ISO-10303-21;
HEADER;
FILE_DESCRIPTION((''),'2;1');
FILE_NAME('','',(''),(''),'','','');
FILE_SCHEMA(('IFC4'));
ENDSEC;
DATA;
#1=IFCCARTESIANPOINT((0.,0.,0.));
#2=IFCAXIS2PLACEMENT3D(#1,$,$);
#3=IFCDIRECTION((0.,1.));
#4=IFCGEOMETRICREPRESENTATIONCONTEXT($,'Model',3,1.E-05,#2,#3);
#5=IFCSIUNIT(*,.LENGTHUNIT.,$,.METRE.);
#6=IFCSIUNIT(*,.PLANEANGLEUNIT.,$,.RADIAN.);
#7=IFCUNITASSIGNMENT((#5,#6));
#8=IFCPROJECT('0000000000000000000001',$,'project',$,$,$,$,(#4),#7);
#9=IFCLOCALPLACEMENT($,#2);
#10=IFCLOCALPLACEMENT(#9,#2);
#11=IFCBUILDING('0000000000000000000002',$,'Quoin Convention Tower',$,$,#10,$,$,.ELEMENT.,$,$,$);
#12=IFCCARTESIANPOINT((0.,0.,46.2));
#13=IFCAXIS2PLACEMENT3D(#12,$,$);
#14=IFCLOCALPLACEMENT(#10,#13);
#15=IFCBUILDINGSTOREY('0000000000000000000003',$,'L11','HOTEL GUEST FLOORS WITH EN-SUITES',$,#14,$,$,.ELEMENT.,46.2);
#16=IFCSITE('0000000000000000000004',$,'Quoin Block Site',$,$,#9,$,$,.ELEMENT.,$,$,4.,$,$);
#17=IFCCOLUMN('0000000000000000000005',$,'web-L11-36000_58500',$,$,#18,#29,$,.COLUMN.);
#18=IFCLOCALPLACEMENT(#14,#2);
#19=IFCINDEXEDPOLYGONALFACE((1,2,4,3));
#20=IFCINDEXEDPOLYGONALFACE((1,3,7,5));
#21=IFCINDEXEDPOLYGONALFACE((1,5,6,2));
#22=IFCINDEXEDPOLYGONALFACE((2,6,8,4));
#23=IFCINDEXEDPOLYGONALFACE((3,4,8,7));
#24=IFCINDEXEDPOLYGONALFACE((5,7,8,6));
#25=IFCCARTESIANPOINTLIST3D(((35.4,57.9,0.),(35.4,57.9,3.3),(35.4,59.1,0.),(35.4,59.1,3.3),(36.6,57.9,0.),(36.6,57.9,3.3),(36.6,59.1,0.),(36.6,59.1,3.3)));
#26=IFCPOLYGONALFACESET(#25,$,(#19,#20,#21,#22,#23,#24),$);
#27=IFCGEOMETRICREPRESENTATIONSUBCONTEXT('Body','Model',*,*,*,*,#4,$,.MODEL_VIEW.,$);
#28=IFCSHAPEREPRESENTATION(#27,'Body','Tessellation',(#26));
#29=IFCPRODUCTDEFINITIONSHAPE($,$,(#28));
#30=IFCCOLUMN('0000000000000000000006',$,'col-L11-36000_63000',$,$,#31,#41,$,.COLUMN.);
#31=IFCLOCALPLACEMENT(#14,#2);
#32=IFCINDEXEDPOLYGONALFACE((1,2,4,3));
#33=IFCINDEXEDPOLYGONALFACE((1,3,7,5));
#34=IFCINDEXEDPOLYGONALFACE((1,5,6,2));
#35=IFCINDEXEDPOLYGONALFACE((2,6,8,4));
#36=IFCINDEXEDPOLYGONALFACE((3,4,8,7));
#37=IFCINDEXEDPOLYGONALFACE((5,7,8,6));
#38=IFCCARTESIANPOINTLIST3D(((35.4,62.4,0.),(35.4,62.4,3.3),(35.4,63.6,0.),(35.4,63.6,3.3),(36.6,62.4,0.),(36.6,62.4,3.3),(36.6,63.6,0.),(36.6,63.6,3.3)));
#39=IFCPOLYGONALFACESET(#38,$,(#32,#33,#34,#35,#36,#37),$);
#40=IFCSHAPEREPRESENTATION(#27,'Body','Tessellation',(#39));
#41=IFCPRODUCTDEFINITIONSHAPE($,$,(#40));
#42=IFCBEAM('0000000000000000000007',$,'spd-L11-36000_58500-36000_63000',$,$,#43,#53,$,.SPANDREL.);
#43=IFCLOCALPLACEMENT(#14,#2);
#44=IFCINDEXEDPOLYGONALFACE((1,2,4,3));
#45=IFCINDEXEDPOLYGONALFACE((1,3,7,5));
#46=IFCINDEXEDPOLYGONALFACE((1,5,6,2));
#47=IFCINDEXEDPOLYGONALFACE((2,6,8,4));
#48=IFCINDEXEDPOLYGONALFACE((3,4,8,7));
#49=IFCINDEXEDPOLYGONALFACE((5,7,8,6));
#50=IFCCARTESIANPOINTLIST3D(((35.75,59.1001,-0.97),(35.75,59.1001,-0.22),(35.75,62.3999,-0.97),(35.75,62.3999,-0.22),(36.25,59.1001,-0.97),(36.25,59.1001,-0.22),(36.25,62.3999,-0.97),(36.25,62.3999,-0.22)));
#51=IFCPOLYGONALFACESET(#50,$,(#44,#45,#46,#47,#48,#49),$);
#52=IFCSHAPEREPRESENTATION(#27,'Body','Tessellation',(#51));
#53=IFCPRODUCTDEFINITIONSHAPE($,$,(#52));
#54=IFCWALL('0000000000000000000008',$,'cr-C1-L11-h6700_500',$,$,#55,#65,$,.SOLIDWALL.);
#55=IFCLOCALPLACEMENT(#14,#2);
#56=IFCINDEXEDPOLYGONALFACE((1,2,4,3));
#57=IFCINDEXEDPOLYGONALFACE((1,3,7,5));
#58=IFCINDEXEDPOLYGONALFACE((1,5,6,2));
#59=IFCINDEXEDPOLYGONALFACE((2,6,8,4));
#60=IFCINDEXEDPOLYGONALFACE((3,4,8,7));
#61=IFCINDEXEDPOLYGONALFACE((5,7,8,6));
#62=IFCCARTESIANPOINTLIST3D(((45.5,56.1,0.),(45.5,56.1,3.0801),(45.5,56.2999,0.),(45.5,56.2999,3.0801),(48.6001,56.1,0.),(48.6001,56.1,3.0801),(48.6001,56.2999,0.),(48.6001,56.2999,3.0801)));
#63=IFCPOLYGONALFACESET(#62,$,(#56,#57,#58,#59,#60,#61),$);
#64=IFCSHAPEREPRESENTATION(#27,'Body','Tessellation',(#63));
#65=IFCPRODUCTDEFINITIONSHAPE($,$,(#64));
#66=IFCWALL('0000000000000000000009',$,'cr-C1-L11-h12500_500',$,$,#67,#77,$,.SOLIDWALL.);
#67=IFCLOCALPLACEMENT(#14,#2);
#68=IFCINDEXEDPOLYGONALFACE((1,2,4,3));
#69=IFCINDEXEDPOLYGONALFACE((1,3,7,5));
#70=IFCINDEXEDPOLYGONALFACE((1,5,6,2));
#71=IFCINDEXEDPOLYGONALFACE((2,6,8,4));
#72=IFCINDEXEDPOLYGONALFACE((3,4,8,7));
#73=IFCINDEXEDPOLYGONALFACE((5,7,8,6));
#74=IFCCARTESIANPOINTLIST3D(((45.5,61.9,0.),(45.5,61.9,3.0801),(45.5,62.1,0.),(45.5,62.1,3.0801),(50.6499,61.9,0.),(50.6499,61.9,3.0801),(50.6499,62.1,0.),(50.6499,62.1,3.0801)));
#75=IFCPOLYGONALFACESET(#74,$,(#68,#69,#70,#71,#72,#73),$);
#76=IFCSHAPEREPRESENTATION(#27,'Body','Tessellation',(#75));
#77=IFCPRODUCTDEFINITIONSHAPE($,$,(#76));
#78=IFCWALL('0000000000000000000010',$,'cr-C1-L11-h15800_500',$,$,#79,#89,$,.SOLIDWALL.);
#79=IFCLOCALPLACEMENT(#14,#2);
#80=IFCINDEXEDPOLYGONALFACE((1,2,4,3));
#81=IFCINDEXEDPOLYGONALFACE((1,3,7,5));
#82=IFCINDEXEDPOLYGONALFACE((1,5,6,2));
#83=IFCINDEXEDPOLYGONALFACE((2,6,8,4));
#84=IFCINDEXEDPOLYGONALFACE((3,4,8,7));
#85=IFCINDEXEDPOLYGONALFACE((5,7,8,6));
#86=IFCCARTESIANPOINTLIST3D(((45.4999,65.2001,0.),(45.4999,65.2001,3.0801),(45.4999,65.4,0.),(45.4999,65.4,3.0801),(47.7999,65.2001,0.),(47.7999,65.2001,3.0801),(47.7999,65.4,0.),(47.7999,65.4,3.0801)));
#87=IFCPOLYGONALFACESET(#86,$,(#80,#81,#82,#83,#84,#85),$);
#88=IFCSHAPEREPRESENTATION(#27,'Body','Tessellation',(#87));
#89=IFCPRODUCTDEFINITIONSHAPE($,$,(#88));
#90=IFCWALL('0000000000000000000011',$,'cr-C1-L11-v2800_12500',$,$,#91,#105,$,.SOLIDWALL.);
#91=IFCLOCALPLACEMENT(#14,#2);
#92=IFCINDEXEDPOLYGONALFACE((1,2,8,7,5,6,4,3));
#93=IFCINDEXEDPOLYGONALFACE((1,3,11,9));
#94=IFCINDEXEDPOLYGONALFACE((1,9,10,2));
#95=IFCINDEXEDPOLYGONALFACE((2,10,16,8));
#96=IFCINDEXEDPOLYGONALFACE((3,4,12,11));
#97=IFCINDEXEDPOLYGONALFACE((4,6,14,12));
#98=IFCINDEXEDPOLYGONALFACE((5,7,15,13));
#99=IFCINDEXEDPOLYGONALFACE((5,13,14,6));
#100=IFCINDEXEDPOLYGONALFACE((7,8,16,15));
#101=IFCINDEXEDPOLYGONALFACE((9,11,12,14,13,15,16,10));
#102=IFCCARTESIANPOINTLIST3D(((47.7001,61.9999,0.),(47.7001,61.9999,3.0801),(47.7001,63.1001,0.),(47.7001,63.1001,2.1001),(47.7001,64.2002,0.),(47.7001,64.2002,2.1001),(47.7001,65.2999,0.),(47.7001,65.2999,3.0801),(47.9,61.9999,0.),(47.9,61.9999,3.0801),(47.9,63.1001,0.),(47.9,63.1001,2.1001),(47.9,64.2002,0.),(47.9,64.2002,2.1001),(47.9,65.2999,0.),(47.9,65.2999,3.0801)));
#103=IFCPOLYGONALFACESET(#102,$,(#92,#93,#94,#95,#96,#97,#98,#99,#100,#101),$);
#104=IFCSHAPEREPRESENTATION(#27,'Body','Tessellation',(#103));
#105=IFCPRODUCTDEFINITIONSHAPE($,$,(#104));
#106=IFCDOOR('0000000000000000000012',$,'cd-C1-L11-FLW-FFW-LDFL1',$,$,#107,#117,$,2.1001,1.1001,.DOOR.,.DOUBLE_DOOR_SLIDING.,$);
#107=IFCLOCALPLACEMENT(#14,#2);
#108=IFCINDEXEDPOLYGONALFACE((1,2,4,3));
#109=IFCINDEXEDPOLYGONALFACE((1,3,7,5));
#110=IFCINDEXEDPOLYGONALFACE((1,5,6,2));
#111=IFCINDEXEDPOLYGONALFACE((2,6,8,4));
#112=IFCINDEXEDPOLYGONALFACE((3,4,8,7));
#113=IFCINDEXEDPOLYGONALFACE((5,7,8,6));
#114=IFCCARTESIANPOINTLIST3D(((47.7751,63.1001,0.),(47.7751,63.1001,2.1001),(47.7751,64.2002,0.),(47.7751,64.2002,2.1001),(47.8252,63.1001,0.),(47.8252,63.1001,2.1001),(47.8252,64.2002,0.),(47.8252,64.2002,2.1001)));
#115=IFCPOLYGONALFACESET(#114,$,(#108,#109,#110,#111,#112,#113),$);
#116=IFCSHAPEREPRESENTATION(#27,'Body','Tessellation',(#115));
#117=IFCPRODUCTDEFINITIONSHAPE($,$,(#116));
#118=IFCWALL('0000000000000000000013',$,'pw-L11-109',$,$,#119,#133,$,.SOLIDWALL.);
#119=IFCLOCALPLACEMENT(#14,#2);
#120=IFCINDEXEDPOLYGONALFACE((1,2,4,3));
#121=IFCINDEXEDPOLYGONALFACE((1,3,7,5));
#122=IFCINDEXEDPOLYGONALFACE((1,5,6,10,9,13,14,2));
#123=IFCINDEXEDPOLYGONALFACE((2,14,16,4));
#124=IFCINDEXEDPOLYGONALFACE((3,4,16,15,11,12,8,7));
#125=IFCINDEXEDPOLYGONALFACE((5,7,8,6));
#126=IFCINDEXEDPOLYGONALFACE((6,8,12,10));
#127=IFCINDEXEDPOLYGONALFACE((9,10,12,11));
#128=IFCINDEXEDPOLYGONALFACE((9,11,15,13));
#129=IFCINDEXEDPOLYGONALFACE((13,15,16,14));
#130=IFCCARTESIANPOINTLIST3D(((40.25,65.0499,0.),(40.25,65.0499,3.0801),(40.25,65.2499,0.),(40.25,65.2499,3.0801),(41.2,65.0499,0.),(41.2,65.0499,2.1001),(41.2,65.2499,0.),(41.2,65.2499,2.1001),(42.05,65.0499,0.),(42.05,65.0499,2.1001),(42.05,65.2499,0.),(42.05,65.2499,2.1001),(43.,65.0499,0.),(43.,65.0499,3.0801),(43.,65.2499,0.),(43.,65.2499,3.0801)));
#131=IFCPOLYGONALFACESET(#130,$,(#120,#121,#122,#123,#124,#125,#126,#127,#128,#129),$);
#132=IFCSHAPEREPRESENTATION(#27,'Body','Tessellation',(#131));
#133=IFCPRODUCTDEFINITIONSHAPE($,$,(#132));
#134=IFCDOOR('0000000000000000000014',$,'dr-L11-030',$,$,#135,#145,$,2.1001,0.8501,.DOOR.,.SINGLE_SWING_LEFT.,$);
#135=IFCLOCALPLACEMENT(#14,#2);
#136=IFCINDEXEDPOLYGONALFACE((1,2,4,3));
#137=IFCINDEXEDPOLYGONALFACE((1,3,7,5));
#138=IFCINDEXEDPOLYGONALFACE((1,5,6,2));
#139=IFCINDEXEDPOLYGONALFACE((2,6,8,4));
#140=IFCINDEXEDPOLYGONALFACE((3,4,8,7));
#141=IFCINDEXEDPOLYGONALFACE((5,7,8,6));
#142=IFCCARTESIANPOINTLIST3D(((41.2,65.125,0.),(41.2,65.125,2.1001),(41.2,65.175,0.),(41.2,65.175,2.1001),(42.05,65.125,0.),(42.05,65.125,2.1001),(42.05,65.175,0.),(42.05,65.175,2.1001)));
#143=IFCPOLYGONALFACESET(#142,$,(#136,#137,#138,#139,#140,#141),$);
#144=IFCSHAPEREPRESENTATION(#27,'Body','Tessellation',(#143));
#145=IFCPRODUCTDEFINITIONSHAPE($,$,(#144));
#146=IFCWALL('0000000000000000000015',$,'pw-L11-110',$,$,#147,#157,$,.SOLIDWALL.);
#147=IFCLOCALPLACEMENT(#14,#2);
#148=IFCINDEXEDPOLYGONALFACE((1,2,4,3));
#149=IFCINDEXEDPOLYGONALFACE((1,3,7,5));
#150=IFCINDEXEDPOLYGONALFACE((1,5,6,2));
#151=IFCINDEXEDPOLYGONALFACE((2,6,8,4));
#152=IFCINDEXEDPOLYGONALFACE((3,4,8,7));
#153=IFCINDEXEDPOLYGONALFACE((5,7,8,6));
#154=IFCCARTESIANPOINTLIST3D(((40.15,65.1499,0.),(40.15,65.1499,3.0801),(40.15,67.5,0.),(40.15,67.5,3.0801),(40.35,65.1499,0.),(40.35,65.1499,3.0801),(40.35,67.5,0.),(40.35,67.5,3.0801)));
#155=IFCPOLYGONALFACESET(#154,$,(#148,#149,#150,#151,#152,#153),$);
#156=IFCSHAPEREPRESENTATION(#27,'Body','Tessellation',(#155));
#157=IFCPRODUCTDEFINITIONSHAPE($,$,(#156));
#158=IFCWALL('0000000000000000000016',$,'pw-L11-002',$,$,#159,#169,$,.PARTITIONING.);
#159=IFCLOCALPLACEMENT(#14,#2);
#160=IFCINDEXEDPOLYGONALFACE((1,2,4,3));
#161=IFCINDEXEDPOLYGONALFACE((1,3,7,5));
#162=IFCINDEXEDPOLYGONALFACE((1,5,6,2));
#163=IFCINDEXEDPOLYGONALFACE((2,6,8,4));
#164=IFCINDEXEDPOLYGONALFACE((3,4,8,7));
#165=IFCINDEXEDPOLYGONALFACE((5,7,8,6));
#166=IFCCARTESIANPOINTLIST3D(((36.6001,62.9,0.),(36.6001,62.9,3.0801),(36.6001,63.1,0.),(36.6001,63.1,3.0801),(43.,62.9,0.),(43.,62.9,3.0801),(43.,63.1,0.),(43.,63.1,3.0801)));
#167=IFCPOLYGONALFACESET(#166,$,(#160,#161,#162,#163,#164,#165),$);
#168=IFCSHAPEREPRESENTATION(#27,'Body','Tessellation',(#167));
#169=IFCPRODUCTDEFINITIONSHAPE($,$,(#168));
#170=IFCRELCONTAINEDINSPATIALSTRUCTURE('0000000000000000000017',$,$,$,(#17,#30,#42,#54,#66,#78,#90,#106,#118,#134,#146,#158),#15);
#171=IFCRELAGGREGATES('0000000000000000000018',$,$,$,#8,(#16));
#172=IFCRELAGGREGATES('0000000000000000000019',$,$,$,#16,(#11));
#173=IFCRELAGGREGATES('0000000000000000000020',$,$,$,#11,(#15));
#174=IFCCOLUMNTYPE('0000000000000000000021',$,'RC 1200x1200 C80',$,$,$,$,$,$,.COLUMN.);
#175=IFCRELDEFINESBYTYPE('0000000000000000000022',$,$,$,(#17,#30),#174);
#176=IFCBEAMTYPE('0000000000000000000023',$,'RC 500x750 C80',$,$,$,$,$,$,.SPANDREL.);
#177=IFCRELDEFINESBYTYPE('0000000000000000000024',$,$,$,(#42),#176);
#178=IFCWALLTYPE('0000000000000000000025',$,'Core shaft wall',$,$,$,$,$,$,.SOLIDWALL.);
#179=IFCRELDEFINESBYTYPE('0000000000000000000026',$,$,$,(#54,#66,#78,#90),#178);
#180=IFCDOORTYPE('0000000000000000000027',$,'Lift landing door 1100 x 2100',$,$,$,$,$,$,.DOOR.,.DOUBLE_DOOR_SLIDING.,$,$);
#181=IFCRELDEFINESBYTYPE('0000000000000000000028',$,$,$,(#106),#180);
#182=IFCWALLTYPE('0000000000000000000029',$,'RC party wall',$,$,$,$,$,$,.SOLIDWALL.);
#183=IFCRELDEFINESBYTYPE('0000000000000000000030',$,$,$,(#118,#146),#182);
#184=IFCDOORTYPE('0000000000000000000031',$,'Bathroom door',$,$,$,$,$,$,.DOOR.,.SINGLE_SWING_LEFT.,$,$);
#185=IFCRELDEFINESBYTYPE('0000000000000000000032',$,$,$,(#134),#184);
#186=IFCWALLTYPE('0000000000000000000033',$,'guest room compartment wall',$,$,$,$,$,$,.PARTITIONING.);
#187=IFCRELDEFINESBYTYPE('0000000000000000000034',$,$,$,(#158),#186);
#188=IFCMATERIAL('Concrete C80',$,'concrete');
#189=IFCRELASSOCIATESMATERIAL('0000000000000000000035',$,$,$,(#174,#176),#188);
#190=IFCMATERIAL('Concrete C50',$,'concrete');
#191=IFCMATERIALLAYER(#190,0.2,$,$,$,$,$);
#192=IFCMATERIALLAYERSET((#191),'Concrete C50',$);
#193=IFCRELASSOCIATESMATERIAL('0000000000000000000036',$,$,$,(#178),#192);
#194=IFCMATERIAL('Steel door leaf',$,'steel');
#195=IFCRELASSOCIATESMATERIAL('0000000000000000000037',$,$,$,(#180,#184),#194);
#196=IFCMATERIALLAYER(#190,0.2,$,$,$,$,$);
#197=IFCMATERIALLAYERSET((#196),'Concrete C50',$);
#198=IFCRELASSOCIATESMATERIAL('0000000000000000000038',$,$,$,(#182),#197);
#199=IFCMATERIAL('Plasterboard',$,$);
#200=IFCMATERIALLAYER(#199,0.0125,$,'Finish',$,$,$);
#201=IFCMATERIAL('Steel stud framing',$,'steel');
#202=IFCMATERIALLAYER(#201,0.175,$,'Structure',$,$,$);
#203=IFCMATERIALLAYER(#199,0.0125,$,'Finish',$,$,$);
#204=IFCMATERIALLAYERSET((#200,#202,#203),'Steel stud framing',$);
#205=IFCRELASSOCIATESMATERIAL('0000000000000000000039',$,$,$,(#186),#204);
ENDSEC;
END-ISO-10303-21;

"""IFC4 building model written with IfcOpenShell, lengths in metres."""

from ifc_helpers import new_model, si_unit, direction, frame, frame_2d, origin, origin_2d, place, context, subcontext, project, spatial, rectangle, extrude, material, layer, layer_set, material_profile, profile_set, type_object, element, fill, save


model = new_model("IFC4")

# Units and contexts
model_context = context("Model", 3, precision=1e-05, world=origin(), true_north=direction((0.0, 1.0)))
body_context = subcontext(model_context, "Body", "Model", "MODEL_VIEW")
ifc_project = project(units=[si_unit("LENGTHUNIT", "METRE"), si_unit("PLANEANGLEUNIT", "RADIAN")], contexts=[model_context])

# Site, building, storey
site_placement = place(None, origin())
site = spatial("IfcSite", under=ifc_project, at=site_placement, Name="Quoin Block Site", CompositionType="ELEMENT", RefElevation=4.0)
building_placement = place(site_placement, origin())
building = spatial("IfcBuilding", under=site, at=building_placement, Name="Quoin Convention Tower", CompositionType="ELEMENT")
storey_placement = place(building_placement, frame((0.0, 0.0, 46.2)))
storey = spatial("IfcBuildingStorey", under=building, at=storey_placement, Name="L11", Description="HOTEL GUEST FLOORS WITH EN-SUITES", CompositionType="ELEMENT", Elevation=46.2)

# Columns
ifc_material_1 = material(Name="Concrete C80", Category="concrete")
ifc_material_profile_1 = material_profile(ifc_material_1, rectangle(XDim=1.2, YDim=1.2, at=origin_2d()), Name="RC 1200x1200")
ifc_profile_set_1 = profile_set([ifc_material_profile_1], Name="Concrete C80")
column_type = type_object("IfcColumnType", Name="RC 1200x1200 C80", PredefinedType="COLUMN", material=ifc_profile_set_1)
for number, where, z_axis, x_axis, name in (
    (1, (36.0, 58.5, 0.0), (0.0, 0.0, 1.0), (1.0, 0.0, 0.0), "web-L11-36000_58500"),
    (2, (36.0, 63.0, 0.0), (0.0, 0.0, 1.0), (1.0, 0.0, 0.0), "col-L11-36000_63000"),
):
    element("IfcColumn", number, at=place(storey_placement, frame(where, z_axis=z_axis, x_axis=x_axis)), inside=storey, type_object=column_type, Name=name, PredefinedType="COLUMN", context=body_context, shape_type="SweptSolid", body=[
        extrude(rectangle(XDim=1.2, YDim=1.2, at=origin_2d()), origin(), (0.0, 0.0, 1.0), 3.3),
    ])

# Beam
ifc_material_profile_2 = material_profile(ifc_material_1, rectangle(XDim=0.5, YDim=0.75, at=origin_2d()), Name="RC 500x750")
ifc_profile_set_2 = profile_set([ifc_material_profile_2], Name="Concrete C80")
beam_type = type_object("IfcBeamType", Name="RC 500x750 C80", PredefinedType="SPANDREL", material=ifc_profile_set_2)
beam_placement = place(storey_placement, frame((36.0, 59.1001, -0.595), z_axis=(0.0, 1.0, 0.0), x_axis=(-1.0, 0.0, 0.0)))
element("IfcBeam", 3, at=beam_placement, inside=storey, type_object=beam_type, Name="spd-L11-36000_58500-36000_63000", PredefinedType="SPANDREL", context=body_context, shape_type="SweptSolid", body=[
    extrude(rectangle(XDim=0.5, YDim=0.75, at=origin_2d()), origin(), (0.0, 0.0, 1.0), 3.2998),
])

# Walls
ifc_material_2 = material(Name="Concrete C50", Category="concrete")
ifc_layer_1 = layer(ifc_material_2, 0.2)
ifc_layer_set_1 = layer_set([ifc_layer_1], Name="Concrete C50")
wall_type_1 = type_object("IfcWallType", Name="Core shaft wall", PredefinedType="SOLIDWALL", material=ifc_layer_set_1)
wall_1_placement = place(storey_placement, frame((45.5, 56.2, 0.0), z_axis=(0.0, 0.0, 1.0), x_axis=(1.0, 0.0, 0.0)))
element("IfcWall", 4, at=wall_1_placement, inside=storey, type_object=wall_type_1, Name="cr-C1-L11-h6700_500", PredefinedType="SOLIDWALL", context=body_context, shape_type="SweptSolid", body=[
    extrude(rectangle(XDim=3.1001, YDim=0.2, at=frame_2d((1.55, 0.0))), origin(), (0.0, 0.0, 1.0), 3.0801),
])
wall_2_placement = place(storey_placement, frame((45.5, 62.0, 0.0), z_axis=(0.0, 0.0, 1.0), x_axis=(1.0, 0.0, 0.0)))
element("IfcWall", 5, at=wall_2_placement, inside=storey, type_object=wall_type_1, Name="cr-C1-L11-h12500_500", PredefinedType="SOLIDWALL", context=body_context, shape_type="SweptSolid", body=[
    extrude(rectangle(XDim=5.1499, YDim=0.2, at=frame_2d((2.575, 0.0))), origin(), (0.0, 0.0, 1.0), 3.0801),
])
wall_3_placement = place(storey_placement, frame((45.5, 65.3, 0.0), z_axis=(0.0, 0.0, 1.0), x_axis=(1.0, 0.0, 0.0)))
element("IfcWall", 6, at=wall_3_placement, inside=storey, type_object=wall_type_1, Name="cr-C1-L11-h15800_500", PredefinedType="SOLIDWALL", context=body_context, shape_type="SweptSolid", body=[
    extrude(rectangle(XDim=2.3, YDim=0.2, at=frame_2d((1.1499, 0.0))), origin(), (0.0, 0.0, 1.0), 3.0801),
])

# Walls, openings, doors
wall_4_placement = place(storey_placement, frame((47.8, 62.0, 0.0), z_axis=(0.0, 0.0, 1.0), x_axis=(0.0, 1.0, 0.0)))
wall_4 = element("IfcWall", 7, at=wall_4_placement, inside=storey, type_object=wall_type_1, Name="cr-C1-L11-v2800_12500", PredefinedType="SOLIDWALL", context=body_context, shape_type="SweptSolid", body=[
    extrude(rectangle(XDim=3.3, YDim=0.2, at=frame_2d((1.6499, 0.0))), origin(), (0.0, 0.0, 1.0), 3.0801),
])
opening_1_placement = place(wall_4_placement, frame((1.1001, 0.0, 0.0)))
opening_1 = element("IfcOpeningElement", 8, at=opening_1_placement, cuts=wall_4, PredefinedType="OPENING", context=body_context, shape_type="SweptSolid", body=[
    extrude(rectangle(XDim=1.1001, YDim=2.1001, at=frame_2d((0.55, 1.05))), frame((0.0, 0.1099, 0.0), z_axis=(0.0, -1.0, 0.0), x_axis=(1.0, 0.0, 0.0)), (0.0, 0.0, 1.0), 0.22),
])
ifc_material_3 = material(Name="Steel door leaf", Category="steel")
door_type_1 = type_object("IfcDoorType", Name="Lift landing door 1100 x 2100", OperationType="DOUBLE_DOOR_SLIDING", PredefinedType="DOOR", material=ifc_material_3)
door_1_placement = place(opening_1_placement, origin())
door_1 = element("IfcDoor", 9, at=door_1_placement, inside=storey, type_object=door_type_1, Name="cd-C1-L11-FLW-FFW-LDFL1", OperationType="DOUBLE_DOOR_SLIDING", OverallHeight=2.1001, OverallWidth=1.1001, PredefinedType="DOOR", context=body_context, shape_type="SweptSolid", body=[
    extrude(rectangle(XDim=1.1001, YDim=2.1001, at=frame_2d((0.55, 1.05))), frame((0.0, 0.0249, 0.0), z_axis=(0.0, -1.0, 0.0), x_axis=(1.0, 0.0, 0.0)), (0.0, 0.0, 1.0), 0.05),
])
fill(opening_1, door_1)
ifc_layer_2 = layer(ifc_material_2, 0.2)
ifc_layer_set_2 = layer_set([ifc_layer_2], Name="Concrete C50")
wall_type_2 = type_object("IfcWallType", Name="RC party wall", PredefinedType="SOLIDWALL", material=ifc_layer_set_2)
wall_5_placement = place(storey_placement, frame((40.25, 65.1499, 0.0), z_axis=(0.0, 0.0, 1.0), x_axis=(1.0, 0.0, 0.0)))
wall_5 = element("IfcWall", 10, at=wall_5_placement, inside=storey, type_object=wall_type_2, Name="pw-L11-109", PredefinedType="SOLIDWALL", context=body_context, shape_type="SweptSolid", body=[
    extrude(rectangle(XDim=2.75, YDim=0.2, at=frame_2d((1.375, 0.0))), origin(), (0.0, 0.0, 1.0), 3.0801),
])
opening_2_placement = place(wall_5_placement, frame((0.95, 0.0, 0.0)))
opening_2 = element("IfcOpeningElement", 11, at=opening_2_placement, cuts=wall_5, PredefinedType="OPENING", context=body_context, shape_type="SweptSolid", body=[
    extrude(rectangle(XDim=0.8501, YDim=2.1001, at=frame_2d((0.425, 1.05))), frame((0.0, 0.1099, 0.0), z_axis=(0.0, -1.0, 0.0), x_axis=(1.0, 0.0, 0.0)), (0.0, 0.0, 1.0), 0.22),
])
door_type_2 = type_object("IfcDoorType", Name="Bathroom door", OperationType="SINGLE_SWING_LEFT", PredefinedType="DOOR", material=ifc_material_3)
door_2_placement = place(opening_2_placement, frame((0.8501, 0.0, 0.0), z_axis=(0.0, 0.0, 1.0), x_axis=(-1.0, 0.0, 0.0)))
door_2 = element("IfcDoor", 12, at=door_2_placement, inside=storey, type_object=door_type_2, Name="dr-L11-030", OperationType="SINGLE_SWING_LEFT", OverallHeight=2.1001, OverallWidth=0.8501, PredefinedType="DOOR", context=body_context, shape_type="SweptSolid", body=[
    extrude(rectangle(XDim=0.8501, YDim=2.1001, at=frame_2d((0.425, 1.05))), frame((0.0, 0.0249, 0.0), z_axis=(0.0, -1.0, 0.0), x_axis=(1.0, 0.0, 0.0)), (0.0, 0.0, 1.0), 0.05),
])
fill(opening_2, door_2)

# Walls
wall_6_placement = place(storey_placement, frame((40.25, 65.1499, 0.0), z_axis=(0.0, 0.0, 1.0), x_axis=(0.0, 1.0, 0.0)))
element("IfcWall", 13, at=wall_6_placement, inside=storey, type_object=wall_type_2, Name="pw-L11-110", PredefinedType="SOLIDWALL", context=body_context, shape_type="SweptSolid", body=[
    extrude(rectangle(XDim=2.3501, YDim=0.2, at=frame_2d((1.175, 0.0))), origin(), (0.0, 0.0, 1.0), 3.0801),
])
ifc_material_4 = material(Name="Plasterboard")
ifc_layer_3 = layer(ifc_material_4, 0.0125, Name="Finish")
ifc_material_5 = material(Name="Steel stud framing", Category="steel")
ifc_layer_4 = layer(ifc_material_5, 0.175, Name="Structure")
ifc_layer_5 = layer(ifc_material_4, 0.0125, Name="Finish")
ifc_layer_set_3 = layer_set([ifc_layer_3, ifc_layer_4, ifc_layer_5], Name="Steel stud framing")
wall_type_3 = type_object("IfcWallType", Name="guest room compartment wall", PredefinedType="PARTITIONING", material=ifc_layer_set_3)
wall_7_placement = place(storey_placement, frame((36.6001, 63.0, 0.0), z_axis=(0.0, 0.0, 1.0), x_axis=(1.0, 0.0, 0.0)))
element("IfcWall", 14, at=wall_7_placement, inside=storey, type_object=wall_type_3, Name="pw-L11-002", PredefinedType="PARTITIONING", context=body_context, shape_type="SweptSolid", body=[
    extrude(rectangle(XDim=6.3999, YDim=0.2, at=frame_2d((3.2, 0.0))), origin(), (0.0, 0.0, 1.0), 3.0801),
])

save(model, "model.ifc")
